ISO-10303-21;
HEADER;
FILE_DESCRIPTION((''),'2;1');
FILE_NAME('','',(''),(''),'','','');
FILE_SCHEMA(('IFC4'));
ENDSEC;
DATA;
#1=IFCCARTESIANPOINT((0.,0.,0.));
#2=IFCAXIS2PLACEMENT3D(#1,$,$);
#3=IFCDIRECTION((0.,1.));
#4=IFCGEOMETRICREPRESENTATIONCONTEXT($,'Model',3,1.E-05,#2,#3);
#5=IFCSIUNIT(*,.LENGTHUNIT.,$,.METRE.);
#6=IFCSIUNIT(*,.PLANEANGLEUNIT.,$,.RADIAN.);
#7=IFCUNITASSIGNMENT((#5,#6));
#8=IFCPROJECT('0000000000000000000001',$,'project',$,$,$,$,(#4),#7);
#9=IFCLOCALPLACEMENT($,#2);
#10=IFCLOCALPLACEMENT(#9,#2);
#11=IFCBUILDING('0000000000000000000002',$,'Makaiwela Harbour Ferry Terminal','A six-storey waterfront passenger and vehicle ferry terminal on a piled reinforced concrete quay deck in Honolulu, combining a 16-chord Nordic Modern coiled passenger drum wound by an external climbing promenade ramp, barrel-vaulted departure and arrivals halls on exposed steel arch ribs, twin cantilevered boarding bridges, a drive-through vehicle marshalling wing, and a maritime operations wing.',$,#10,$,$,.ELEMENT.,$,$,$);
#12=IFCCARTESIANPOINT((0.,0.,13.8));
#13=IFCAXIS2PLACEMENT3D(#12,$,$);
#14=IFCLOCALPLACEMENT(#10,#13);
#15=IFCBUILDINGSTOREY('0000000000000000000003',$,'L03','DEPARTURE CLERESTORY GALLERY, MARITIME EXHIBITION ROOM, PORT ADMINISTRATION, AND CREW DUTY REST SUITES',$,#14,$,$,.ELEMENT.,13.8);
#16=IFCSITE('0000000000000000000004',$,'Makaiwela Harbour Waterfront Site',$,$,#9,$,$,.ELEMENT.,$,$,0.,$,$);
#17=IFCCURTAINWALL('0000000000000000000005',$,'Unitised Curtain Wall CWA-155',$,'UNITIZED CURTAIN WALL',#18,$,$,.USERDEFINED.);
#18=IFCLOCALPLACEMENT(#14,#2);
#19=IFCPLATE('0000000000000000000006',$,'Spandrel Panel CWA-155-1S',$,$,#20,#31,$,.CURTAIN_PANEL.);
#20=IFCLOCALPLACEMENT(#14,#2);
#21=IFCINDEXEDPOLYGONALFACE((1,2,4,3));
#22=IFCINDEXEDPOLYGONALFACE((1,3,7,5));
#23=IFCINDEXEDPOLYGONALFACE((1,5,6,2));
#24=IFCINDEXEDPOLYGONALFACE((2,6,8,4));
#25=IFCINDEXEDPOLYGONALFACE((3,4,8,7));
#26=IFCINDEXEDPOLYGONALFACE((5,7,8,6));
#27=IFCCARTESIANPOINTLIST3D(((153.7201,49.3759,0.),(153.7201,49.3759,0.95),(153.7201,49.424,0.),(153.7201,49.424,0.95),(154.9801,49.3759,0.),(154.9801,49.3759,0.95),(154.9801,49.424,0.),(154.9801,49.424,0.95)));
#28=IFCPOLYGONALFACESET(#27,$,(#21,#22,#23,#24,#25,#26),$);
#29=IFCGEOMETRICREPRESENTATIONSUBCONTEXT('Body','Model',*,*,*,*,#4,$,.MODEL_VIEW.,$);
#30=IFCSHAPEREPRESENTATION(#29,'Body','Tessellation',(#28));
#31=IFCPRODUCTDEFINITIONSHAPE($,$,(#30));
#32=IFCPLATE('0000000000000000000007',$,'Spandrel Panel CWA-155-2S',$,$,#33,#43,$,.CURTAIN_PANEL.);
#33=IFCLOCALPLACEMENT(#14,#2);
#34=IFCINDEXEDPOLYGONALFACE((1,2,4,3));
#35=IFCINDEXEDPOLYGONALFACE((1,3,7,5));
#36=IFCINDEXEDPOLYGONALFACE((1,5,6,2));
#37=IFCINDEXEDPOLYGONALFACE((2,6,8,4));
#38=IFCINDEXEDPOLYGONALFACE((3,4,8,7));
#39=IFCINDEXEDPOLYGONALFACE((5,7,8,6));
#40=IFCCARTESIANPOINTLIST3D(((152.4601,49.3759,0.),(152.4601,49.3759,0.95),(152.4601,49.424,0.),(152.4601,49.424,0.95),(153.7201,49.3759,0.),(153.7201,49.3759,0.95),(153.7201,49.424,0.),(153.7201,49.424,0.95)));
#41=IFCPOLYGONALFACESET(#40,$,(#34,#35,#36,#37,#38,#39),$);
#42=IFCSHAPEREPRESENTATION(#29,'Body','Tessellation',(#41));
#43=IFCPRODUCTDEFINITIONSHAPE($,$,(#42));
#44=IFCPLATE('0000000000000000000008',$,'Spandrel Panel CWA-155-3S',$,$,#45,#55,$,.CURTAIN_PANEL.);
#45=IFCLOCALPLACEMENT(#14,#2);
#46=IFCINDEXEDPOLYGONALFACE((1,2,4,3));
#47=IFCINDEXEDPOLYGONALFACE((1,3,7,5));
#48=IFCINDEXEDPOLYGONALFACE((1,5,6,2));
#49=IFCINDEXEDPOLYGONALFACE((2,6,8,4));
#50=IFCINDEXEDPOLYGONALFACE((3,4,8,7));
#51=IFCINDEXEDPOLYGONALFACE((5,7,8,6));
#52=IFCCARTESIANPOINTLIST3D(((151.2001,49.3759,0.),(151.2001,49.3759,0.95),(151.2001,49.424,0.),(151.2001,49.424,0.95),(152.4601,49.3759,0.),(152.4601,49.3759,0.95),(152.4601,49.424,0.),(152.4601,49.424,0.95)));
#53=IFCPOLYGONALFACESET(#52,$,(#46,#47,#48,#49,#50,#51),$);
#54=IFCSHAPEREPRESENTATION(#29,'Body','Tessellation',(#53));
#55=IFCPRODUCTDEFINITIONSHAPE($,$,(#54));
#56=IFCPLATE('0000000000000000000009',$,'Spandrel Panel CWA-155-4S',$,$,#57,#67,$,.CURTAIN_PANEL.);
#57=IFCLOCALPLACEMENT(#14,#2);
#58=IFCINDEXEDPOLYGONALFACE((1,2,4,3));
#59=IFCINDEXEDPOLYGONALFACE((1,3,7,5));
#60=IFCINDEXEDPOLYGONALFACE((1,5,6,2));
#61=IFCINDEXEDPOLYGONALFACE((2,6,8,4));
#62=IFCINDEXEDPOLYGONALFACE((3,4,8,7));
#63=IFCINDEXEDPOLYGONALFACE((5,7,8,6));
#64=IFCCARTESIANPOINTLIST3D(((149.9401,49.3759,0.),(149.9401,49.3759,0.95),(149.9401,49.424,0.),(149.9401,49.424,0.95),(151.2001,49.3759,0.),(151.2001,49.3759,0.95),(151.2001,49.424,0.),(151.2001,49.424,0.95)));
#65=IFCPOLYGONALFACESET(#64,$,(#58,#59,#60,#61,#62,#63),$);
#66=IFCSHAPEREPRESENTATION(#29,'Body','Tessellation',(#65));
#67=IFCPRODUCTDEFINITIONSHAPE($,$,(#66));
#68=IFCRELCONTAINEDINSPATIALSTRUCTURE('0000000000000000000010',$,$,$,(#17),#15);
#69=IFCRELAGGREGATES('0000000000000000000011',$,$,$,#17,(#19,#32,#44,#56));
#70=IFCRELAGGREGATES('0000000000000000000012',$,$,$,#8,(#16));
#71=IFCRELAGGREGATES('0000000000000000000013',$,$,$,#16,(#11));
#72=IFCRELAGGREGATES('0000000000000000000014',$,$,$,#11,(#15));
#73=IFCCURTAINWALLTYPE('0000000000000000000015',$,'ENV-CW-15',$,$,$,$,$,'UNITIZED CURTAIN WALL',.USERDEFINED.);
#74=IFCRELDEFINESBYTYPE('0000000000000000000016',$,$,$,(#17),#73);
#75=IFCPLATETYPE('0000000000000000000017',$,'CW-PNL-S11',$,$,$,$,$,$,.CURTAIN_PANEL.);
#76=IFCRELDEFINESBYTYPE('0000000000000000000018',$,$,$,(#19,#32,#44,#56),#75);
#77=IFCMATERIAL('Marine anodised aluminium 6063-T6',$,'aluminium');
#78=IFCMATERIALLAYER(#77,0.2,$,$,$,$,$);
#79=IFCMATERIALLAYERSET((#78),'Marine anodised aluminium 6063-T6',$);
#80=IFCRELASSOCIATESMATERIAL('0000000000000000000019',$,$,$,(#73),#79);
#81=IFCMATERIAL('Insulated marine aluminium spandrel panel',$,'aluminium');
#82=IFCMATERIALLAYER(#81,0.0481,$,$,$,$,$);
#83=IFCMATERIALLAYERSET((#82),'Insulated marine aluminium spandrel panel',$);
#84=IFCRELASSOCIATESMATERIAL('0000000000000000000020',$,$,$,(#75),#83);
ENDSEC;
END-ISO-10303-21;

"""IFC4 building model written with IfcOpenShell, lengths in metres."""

from ifc_helpers import new_model, si_unit, direction, frame, origin, origin_2d, place, context, subcontext, project, spatial, rectangle, extrude, material, layer, layer_set, type_object, element, aggregate, save


model = new_model("IFC4")

# Units and contexts
model_context = context("Model", 3, precision=1e-05, world=origin(), true_north=direction((0.0, 1.0)))
body_context = subcontext(model_context, "Body", "Model", "MODEL_VIEW")
ifc_project = project(units=[si_unit("LENGTHUNIT", "METRE"), si_unit("PLANEANGLEUNIT", "RADIAN")], contexts=[model_context])

# Site, building, storey
site_placement = place(None, origin())
site = spatial("IfcSite", under=ifc_project, at=site_placement, Name="Makaiwela Harbour Waterfront Site", CompositionType="ELEMENT", RefElevation=0.0)
building_placement = place(site_placement, origin())
building = spatial("IfcBuilding", under=site, at=building_placement, Name="Makaiwela Harbour Ferry Terminal", Description="A six-storey waterfront passenger and vehicle ferry terminal on a piled reinforced concrete quay deck in Honolulu, combining a 16-chord Nordic Modern coiled passenger drum wound by an external climbing promenade ramp, barrel-vaulted departure and arrivals halls on exposed steel arch ribs, twin cantilevered boarding bridges, a drive-through vehicle marshalling wing, and a maritime operations wing.", CompositionType="ELEMENT")
storey_placement = place(building_placement, frame((0.0, 0.0, 13.8)))
storey = spatial("IfcBuildingStorey", under=building, at=storey_placement, Name="L03", Description="DEPARTURE CLERESTORY GALLERY, MARITIME EXHIBITION ROOM, PORT ADMINISTRATION, AND CREW DUTY REST SUITES", CompositionType="ELEMENT", Elevation=13.8)

# Curtain wall, plates
ifc_material_1 = material(Name="Marine anodised aluminium 6063-T6", Category="aluminium")
ifc_layer_1 = layer(ifc_material_1, 0.2)
ifc_layer_set_1 = layer_set([ifc_layer_1], Name="Marine anodised aluminium 6063-T6")
curtain_wall_type = type_object("IfcCurtainWallType", Name="ENV-CW-15", ElementType="UNITIZED CURTAIN WALL", PredefinedType="USERDEFINED", material=ifc_layer_set_1)
curtain_wall_placement = place(storey_placement, origin())
curtain_wall = element("IfcCurtainWall", 1, at=curtain_wall_placement, inside=storey, type_object=curtain_wall_type, Name="Unitised Curtain Wall CWA-155", ObjectType="UNITIZED CURTAIN WALL", PredefinedType="USERDEFINED")
ifc_material_2 = material(Name="Insulated marine aluminium spandrel panel", Category="aluminium")
ifc_layer_2 = layer(ifc_material_2, 0.0481)
ifc_layer_set_2 = layer_set([ifc_layer_2], Name="Insulated marine aluminium spandrel panel")
plate_type_1 = type_object("IfcPlateType", Name="CW-PNL-S11", PredefinedType="CURTAIN_PANEL", material=ifc_layer_set_2)
plate_1_placement = place(storey_placement, frame((154.3501, 49.3999, 0.0), z_axis=(0.0, 0.0, 1.0), x_axis=(-1.0, 0.0, 0.0)))
plate_1 = element("IfcPlate", 2, at=plate_1_placement, type_object=plate_type_1, Name="Spandrel Panel CWA-155-1S", PredefinedType="CURTAIN_PANEL", context=body_context, shape_type="SweptSolid", body=[
    extrude(rectangle(XDim=1.26, YDim=0.0481, at=origin_2d()), origin(), (0.0, 0.0, 1.0), 0.95),
])
plate_2_placement = place(storey_placement, frame((153.0901, 49.3999, 0.0), z_axis=(0.0, 0.0, 1.0), x_axis=(-1.0, 0.0, 0.0)))
plate_2 = element("IfcPlate", 3, at=plate_2_placement, type_object=plate_type_1, Name="Spandrel Panel CWA-155-2S", PredefinedType="CURTAIN_PANEL", context=body_context, shape_type="SweptSolid", body=[
    extrude(rectangle(XDim=1.26, YDim=0.0481, at=origin_2d()), origin(), (0.0, 0.0, 1.0), 0.95),
])
plate_3_placement = place(storey_placement, frame((151.8301, 49.3999, 0.0), z_axis=(0.0, 0.0, 1.0), x_axis=(-1.0, 0.0, 0.0)))
plate_3 = element("IfcPlate", 4, at=plate_3_placement, type_object=plate_type_1, Name="Spandrel Panel CWA-155-3S", PredefinedType="CURTAIN_PANEL", context=body_context, shape_type="SweptSolid", body=[
    extrude(rectangle(XDim=1.26, YDim=0.0481, at=origin_2d()), origin(), (0.0, 0.0, 1.0), 0.95),
])
plate_4_placement = place(storey_placement, frame((150.5701, 49.3999, 0.0), z_axis=(0.0, 0.0, 1.0), x_axis=(-1.0, 0.0, 0.0)))
plate_4 = element("IfcPlate", 5, at=plate_4_placement, type_object=plate_type_1, Name="Spandrel Panel CWA-155-4S", PredefinedType="CURTAIN_PANEL", context=body_context, shape_type="SweptSolid", body=[
    extrude(rectangle(XDim=1.26, YDim=0.0481, at=origin_2d()), origin(), (0.0, 0.0, 1.0), 0.95),
])
aggregate(curtain_wall, [plate_1, plate_2, plate_3, plate_4])

save(model, "model.ifc")
